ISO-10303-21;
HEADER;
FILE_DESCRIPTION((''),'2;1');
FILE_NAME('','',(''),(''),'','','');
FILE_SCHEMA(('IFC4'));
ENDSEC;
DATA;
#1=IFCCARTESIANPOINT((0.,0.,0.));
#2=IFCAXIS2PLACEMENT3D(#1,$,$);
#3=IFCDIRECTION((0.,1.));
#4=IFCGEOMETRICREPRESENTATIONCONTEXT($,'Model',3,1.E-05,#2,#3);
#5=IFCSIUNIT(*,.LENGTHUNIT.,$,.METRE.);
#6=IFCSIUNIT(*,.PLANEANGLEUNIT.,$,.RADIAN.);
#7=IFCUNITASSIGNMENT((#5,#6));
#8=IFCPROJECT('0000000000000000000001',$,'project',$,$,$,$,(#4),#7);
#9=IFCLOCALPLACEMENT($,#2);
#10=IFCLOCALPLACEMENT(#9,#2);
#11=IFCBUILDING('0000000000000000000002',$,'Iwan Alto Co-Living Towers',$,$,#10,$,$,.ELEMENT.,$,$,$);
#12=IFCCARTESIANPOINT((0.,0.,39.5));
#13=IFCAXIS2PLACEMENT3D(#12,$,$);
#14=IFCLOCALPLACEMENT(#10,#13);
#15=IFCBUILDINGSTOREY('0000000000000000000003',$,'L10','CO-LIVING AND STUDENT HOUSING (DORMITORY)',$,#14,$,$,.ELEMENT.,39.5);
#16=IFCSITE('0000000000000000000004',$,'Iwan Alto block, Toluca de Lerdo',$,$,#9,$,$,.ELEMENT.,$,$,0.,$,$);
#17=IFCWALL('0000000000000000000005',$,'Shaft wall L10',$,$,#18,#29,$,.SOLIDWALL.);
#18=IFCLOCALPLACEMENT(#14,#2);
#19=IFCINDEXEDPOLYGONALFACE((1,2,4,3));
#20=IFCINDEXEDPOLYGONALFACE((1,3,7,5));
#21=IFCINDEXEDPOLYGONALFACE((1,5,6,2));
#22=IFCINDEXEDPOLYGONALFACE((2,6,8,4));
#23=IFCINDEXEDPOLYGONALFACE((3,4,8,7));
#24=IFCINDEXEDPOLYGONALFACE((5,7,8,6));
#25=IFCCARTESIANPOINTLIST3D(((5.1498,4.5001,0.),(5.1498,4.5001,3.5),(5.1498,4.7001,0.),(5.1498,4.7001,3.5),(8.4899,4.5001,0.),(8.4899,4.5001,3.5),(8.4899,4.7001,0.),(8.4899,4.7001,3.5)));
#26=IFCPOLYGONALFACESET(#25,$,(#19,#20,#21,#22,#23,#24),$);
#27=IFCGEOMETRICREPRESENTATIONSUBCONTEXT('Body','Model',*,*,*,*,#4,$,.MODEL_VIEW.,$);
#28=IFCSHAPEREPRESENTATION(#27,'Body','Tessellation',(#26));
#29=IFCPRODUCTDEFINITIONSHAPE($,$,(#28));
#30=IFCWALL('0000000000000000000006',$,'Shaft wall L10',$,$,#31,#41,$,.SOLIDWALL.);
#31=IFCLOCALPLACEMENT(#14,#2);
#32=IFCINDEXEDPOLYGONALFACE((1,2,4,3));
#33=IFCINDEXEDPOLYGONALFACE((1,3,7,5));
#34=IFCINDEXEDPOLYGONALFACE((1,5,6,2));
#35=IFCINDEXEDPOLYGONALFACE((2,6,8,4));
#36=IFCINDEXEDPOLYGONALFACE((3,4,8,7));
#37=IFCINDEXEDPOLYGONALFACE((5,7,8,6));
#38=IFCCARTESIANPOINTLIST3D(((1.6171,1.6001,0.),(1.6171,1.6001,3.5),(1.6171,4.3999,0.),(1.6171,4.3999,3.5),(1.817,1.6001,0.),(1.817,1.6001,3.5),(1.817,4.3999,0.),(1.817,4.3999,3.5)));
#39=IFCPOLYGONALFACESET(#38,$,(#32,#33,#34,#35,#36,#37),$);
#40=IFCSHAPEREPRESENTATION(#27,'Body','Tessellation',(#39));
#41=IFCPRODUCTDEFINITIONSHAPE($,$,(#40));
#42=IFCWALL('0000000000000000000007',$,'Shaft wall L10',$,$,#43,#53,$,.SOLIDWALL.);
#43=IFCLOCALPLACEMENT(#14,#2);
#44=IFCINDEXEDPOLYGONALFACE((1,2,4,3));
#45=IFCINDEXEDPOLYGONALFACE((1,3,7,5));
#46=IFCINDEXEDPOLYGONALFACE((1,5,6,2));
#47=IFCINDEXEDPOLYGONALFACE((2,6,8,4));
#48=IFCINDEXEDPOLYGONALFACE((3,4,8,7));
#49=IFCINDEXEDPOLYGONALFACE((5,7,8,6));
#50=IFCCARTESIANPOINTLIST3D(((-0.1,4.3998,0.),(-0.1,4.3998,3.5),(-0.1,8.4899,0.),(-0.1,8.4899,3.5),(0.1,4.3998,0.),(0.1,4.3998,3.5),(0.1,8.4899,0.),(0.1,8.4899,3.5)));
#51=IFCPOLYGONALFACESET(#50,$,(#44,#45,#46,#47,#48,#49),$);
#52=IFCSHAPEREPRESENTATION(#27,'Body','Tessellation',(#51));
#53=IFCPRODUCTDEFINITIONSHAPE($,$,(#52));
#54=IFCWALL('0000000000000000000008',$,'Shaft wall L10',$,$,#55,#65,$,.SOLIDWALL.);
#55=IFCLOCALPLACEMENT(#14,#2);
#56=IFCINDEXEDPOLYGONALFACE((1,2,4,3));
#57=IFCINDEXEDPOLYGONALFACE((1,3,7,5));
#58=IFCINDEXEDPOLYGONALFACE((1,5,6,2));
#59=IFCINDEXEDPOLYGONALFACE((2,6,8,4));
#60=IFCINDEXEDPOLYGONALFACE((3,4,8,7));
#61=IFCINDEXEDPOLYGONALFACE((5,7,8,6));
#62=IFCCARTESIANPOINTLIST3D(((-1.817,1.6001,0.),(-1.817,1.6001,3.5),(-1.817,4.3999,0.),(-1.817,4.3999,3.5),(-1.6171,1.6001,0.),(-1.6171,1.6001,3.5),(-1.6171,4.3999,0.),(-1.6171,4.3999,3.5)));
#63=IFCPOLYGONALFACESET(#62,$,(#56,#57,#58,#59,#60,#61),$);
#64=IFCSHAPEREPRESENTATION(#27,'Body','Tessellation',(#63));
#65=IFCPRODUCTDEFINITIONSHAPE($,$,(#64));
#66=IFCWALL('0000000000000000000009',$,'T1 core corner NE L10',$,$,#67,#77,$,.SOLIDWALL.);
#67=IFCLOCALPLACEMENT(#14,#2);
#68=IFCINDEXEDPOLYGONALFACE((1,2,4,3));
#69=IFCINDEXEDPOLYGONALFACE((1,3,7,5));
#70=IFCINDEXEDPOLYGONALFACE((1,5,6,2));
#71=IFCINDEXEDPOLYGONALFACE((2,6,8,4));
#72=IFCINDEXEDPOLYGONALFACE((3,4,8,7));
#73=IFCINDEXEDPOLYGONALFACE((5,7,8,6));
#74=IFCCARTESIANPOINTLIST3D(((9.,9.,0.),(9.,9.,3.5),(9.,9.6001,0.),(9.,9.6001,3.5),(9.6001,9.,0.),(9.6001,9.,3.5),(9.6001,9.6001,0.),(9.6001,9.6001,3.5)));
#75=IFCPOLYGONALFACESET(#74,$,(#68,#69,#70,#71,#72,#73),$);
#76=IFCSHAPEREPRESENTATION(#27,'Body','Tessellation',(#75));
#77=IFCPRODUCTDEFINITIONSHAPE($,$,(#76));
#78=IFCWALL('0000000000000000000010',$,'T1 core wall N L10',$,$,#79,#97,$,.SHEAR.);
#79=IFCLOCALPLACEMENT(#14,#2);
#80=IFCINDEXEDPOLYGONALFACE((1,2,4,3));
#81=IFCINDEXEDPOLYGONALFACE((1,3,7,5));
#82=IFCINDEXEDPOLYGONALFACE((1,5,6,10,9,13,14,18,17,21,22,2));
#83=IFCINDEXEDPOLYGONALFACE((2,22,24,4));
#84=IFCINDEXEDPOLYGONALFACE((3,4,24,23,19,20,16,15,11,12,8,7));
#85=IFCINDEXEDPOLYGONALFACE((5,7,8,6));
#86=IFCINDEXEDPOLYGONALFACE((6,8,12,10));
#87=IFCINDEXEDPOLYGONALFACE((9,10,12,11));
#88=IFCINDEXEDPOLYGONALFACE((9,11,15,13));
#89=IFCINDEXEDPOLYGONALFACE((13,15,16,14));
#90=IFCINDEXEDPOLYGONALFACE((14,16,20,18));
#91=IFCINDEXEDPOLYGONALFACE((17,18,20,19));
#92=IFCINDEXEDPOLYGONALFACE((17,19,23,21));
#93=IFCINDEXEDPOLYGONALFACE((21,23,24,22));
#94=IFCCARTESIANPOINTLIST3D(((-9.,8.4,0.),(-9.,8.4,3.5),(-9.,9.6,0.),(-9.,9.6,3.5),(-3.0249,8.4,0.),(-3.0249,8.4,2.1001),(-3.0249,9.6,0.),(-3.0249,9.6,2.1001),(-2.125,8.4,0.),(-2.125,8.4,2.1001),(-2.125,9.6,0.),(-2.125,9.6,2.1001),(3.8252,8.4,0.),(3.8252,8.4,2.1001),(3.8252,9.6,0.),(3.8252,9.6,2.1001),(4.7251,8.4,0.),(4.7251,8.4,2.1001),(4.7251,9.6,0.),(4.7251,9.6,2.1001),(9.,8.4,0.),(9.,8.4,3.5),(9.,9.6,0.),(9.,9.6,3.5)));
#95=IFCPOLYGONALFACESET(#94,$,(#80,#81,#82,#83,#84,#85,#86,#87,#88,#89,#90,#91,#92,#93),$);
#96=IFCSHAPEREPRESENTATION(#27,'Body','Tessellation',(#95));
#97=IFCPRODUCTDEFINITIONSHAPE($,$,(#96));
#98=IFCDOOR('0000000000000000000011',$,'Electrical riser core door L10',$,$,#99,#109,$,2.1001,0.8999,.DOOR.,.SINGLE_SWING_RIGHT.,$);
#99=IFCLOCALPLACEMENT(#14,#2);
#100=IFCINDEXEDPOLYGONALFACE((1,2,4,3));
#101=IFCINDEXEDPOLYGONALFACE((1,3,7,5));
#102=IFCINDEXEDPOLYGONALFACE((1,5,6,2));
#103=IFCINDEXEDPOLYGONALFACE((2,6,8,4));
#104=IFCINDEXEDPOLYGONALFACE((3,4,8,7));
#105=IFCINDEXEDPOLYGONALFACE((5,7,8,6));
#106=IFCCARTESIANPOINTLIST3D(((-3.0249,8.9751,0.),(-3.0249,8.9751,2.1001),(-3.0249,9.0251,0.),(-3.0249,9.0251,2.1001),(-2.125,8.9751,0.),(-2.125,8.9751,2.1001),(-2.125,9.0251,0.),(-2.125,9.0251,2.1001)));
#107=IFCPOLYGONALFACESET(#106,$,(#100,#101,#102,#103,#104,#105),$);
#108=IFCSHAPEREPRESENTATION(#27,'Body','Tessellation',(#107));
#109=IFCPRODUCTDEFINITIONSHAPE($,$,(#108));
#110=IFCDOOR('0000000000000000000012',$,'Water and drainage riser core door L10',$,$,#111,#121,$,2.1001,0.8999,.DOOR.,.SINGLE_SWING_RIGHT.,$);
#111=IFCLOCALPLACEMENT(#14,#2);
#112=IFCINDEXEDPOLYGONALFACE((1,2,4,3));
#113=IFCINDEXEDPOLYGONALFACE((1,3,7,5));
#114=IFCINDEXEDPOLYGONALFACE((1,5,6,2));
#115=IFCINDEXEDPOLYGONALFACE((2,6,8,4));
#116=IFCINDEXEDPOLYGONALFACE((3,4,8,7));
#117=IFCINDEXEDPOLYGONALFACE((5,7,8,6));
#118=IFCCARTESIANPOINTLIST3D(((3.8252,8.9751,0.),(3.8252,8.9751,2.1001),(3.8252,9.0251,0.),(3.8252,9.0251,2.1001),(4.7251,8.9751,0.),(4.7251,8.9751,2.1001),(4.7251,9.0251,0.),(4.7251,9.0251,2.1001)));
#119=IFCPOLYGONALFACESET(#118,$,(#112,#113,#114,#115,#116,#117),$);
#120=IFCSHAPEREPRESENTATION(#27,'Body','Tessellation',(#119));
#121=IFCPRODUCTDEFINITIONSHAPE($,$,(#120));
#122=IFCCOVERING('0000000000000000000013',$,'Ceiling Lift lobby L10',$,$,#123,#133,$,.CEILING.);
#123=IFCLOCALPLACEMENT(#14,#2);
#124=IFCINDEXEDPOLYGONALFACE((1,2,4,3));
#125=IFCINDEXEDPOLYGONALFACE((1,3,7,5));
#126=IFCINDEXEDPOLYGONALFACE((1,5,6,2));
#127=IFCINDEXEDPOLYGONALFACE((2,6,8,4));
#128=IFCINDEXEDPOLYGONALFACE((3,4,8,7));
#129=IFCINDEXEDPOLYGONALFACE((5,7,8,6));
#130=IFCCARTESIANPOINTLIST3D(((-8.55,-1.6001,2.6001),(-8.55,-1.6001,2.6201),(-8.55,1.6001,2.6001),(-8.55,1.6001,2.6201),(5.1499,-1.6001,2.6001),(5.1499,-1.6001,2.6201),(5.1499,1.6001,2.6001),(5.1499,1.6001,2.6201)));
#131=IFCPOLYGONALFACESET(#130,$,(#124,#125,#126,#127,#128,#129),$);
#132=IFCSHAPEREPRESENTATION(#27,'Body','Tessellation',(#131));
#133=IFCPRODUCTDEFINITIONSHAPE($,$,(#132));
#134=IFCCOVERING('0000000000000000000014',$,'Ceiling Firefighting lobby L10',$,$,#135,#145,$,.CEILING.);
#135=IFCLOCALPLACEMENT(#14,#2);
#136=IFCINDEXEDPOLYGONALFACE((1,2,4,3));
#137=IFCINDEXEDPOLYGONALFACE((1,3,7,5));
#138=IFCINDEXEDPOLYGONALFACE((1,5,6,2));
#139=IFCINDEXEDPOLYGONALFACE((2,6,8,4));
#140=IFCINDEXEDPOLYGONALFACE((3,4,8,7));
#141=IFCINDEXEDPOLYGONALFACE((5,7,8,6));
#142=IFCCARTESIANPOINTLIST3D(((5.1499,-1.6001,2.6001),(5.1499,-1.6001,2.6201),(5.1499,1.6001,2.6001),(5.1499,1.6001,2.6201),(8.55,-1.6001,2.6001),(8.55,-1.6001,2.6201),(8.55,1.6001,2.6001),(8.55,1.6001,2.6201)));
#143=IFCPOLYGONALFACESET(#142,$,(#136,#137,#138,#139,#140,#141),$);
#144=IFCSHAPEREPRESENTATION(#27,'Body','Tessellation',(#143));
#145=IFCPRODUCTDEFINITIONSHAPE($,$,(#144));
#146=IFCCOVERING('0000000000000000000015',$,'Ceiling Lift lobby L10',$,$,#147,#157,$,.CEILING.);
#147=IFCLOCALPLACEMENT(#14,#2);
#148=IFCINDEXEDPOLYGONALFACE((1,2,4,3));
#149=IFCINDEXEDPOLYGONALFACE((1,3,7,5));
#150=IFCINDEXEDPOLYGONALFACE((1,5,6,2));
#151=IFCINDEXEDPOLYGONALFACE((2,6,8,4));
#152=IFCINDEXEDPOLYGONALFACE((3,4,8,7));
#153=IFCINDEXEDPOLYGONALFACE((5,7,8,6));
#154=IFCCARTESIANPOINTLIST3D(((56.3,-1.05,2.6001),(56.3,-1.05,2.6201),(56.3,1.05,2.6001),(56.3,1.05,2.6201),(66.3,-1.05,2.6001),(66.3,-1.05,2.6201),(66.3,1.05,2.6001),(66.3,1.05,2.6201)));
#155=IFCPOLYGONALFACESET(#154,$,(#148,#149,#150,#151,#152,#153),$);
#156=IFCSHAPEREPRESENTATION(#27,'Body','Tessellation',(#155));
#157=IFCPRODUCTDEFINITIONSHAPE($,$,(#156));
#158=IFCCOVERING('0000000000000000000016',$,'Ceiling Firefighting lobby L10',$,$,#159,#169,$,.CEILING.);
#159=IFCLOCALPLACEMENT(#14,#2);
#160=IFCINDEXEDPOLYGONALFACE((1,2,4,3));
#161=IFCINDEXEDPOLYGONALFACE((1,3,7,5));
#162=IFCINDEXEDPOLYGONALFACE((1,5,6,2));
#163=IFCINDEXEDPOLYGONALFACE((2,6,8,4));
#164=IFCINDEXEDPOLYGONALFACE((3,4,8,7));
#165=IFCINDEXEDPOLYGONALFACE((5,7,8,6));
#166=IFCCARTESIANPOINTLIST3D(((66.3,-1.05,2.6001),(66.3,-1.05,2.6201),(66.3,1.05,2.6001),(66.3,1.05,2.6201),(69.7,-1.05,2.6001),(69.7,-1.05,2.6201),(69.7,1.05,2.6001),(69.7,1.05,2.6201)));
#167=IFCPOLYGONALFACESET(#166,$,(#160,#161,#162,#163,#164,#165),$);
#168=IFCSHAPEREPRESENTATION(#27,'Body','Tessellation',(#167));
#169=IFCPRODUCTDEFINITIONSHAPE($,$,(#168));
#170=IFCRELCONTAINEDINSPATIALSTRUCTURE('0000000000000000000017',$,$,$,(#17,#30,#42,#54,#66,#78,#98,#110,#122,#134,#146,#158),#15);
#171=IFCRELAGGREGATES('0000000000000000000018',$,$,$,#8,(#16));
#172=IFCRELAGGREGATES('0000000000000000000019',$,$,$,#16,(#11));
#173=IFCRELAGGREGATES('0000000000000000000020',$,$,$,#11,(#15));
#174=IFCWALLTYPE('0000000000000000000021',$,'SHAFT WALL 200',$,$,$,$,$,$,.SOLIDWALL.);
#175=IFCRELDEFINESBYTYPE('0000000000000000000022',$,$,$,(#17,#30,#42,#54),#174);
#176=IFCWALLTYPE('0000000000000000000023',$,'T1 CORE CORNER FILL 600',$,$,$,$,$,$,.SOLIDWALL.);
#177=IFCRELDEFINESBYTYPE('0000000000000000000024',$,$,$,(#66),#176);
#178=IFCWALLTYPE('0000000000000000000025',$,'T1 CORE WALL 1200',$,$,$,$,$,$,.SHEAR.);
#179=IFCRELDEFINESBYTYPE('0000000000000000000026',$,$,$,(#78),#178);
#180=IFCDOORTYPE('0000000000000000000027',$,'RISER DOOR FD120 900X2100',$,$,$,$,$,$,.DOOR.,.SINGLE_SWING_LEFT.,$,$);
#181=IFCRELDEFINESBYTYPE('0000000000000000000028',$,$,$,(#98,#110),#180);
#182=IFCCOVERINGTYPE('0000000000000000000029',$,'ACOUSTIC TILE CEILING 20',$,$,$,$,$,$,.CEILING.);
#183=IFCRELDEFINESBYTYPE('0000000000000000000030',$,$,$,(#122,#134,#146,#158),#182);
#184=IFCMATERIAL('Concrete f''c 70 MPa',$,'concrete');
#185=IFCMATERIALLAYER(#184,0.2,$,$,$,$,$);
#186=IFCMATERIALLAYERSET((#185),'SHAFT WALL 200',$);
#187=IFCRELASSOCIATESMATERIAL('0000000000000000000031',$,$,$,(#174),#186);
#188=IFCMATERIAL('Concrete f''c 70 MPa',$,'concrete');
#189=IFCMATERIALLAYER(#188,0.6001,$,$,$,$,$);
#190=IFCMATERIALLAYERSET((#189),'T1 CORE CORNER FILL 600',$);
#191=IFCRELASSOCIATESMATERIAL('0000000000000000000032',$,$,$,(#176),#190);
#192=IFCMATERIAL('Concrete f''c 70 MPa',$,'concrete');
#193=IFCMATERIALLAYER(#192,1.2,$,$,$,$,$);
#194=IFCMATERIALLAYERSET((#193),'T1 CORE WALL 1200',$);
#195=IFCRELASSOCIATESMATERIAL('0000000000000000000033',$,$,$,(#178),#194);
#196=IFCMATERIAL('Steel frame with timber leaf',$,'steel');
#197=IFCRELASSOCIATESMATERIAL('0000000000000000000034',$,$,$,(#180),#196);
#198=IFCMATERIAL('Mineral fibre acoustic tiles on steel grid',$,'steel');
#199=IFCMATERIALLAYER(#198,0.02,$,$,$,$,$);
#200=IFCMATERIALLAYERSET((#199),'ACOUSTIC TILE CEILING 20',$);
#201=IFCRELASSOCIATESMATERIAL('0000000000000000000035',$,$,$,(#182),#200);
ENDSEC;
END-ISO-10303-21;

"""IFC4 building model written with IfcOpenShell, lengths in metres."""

from ifc_helpers import new_model, si_unit, direction, frame, frame_2d, origin, place, context, subcontext, project, spatial, polyline, rectangle, outline, extrude, material, layer, layer_set, type_object, element, fill, save


model = new_model("IFC4")

# Units and contexts
model_context = context("Model", 3, precision=1e-05, world=origin(), true_north=direction((0.0, 1.0)))
body_context = subcontext(model_context, "Body", "Model", "MODEL_VIEW")
ifc_project = project(units=[si_unit("LENGTHUNIT", "METRE"), si_unit("PLANEANGLEUNIT", "RADIAN")], contexts=[model_context])

# Site, building, storey
site_placement = place(None, origin())
site = spatial("IfcSite", under=ifc_project, at=site_placement, Name="Iwan Alto block, Toluca de Lerdo", CompositionType="ELEMENT", RefElevation=0.0)
building_placement = place(site_placement, origin())
building = spatial("IfcBuilding", under=site, at=building_placement, Name="Iwan Alto Co-Living Towers", CompositionType="ELEMENT")
storey_placement = place(building_placement, frame((0.0, 0.0, 39.5)))
storey = spatial("IfcBuildingStorey", under=building, at=storey_placement, Name="L10", Description="CO-LIVING AND STUDENT HOUSING (DORMITORY)", CompositionType="ELEMENT", Elevation=39.5)

# Walls
ifc_material_1 = material(Name="Concrete f'c 70 MPa", Category="concrete")
ifc_layer_1 = layer(ifc_material_1, 0.2)
ifc_layer_set_1 = layer_set([ifc_layer_1], Name="SHAFT WALL 200")
wall_type_1 = type_object("IfcWallType", Name="SHAFT WALL 200", PredefinedType="SOLIDWALL", material=ifc_layer_set_1)
wall_1_placement = place(storey_placement, frame((5.1499, 4.6001, 0.0), z_axis=(0.0, 0.0, 1.0), x_axis=(1.0, 0.0, 0.0)))
element("IfcWall", 1, at=wall_1_placement, inside=storey, type_object=wall_type_1, Name="Shaft wall L10", PredefinedType="SOLIDWALL", context=body_context, shape_type="SweptSolid", body=[
    extrude(rectangle(XDim=3.3401, YDim=0.2, at=frame_2d((1.6699, 0.0))), origin(), (0.0, 0.0, 1.0), 3.5),
])
wall_2_placement = place(storey_placement, frame((1.717, 1.6001, 0.0), z_axis=(0.0, 0.0, 1.0), x_axis=(0.0, 1.0, 0.0)))
element("IfcWall", 2, at=wall_2_placement, inside=storey, type_object=wall_type_1, Name="Shaft wall L10", PredefinedType="SOLIDWALL", context=body_context, shape_type="SweptSolid", body=[
    extrude(rectangle(XDim=2.7998, YDim=0.2, at=frame_2d((1.3999, 0.0))), origin(), (0.0, 0.0, 1.0), 3.5),
])
wall_3_placement = place(storey_placement, frame((0.0, 4.3999, 0.0), z_axis=(0.0, 0.0, 1.0), x_axis=(0.0, 1.0, 0.0)))
element("IfcWall", 3, at=wall_3_placement, inside=storey, type_object=wall_type_1, Name="Shaft wall L10", PredefinedType="SOLIDWALL", context=body_context, shape_type="SweptSolid", body=[
    extrude(rectangle(XDim=4.0901, YDim=0.2, at=frame_2d((2.0449, 0.0))), origin(), (0.0, 0.0, 1.0), 3.5),
])
wall_4_placement = place(storey_placement, frame((-1.717, 1.6001, 0.0), z_axis=(0.0, 0.0, 1.0), x_axis=(0.0, 1.0, 0.0)))
element("IfcWall", 4, at=wall_4_placement, inside=storey, type_object=wall_type_1, Name="Shaft wall L10", PredefinedType="SOLIDWALL", context=body_context, shape_type="SweptSolid", body=[
    extrude(rectangle(XDim=2.7998, YDim=0.2, at=frame_2d((1.3999, 0.0))), origin(), (0.0, 0.0, 1.0), 3.5),
])
ifc_material_2 = material(Name="Concrete f'c 70 MPa", Category="concrete")
ifc_layer_2 = layer(ifc_material_2, 0.6001)
ifc_layer_set_2 = layer_set([ifc_layer_2], Name="T1 CORE CORNER FILL 600")
wall_type_2 = type_object("IfcWallType", Name="T1 CORE CORNER FILL 600", PredefinedType="SOLIDWALL", material=ifc_layer_set_2)
wall_5_placement = place(storey_placement, frame((9.0, 9.3, 0.0), z_axis=(0.0, 0.0, 1.0), x_axis=(1.0, 0.0, 0.0)))
element("IfcWall", 5, at=wall_5_placement, inside=storey, type_object=wall_type_2, Name="T1 core corner NE L10", PredefinedType="SOLIDWALL", context=body_context, shape_type="SweptSolid", body=[
    extrude(rectangle(XDim=0.6001, YDim=0.6001, at=frame_2d((0.3, 0.0))), origin(), (0.0, 0.0, 1.0), 3.5),
])

# Wall, openings, doors
ifc_material_3 = material(Name="Concrete f'c 70 MPa", Category="concrete")
ifc_layer_3 = layer(ifc_material_3, 1.2)
ifc_layer_set_3 = layer_set([ifc_layer_3], Name="T1 CORE WALL 1200")
wall_type_3 = type_object("IfcWallType", Name="T1 CORE WALL 1200", PredefinedType="SHEAR", material=ifc_layer_set_3)
wall_6_placement = place(storey_placement, frame((9.0, 9.0, 0.0), z_axis=(0.0, 0.0, 1.0), x_axis=(-1.0, 0.0, 0.0)))
wall_6 = element("IfcWall", 6, at=wall_6_placement, inside=storey, type_object=wall_type_3, Name="T1 core wall N L10", PredefinedType="SHEAR", context=body_context, shape_type="SweptSolid", body=[
    extrude(rectangle(XDim=18.0, YDim=1.2, at=frame_2d((9.0, 0.0))), origin(), (0.0, 0.0, 1.0), 3.5),
])
opening_1_placement = place(wall_6_placement, frame((11.125, 0.0, 0.0)))
opening_1 = element("IfcOpeningElement", 7, at=opening_1_placement, cuts=wall_6, PredefinedType="OPENING", context=body_context, shape_type="SweptSolid", body=[
    extrude(rectangle(XDim=0.8999, YDim=2.1001, at=frame_2d((0.45, 1.05))), frame((0.0, 0.6099, 0.0), z_axis=(0.0, -1.0, 0.0), x_axis=(1.0, 0.0, 0.0)), (0.0, 0.0, 1.0), 1.22),
])
opening_2_placement = place(wall_6_placement, frame((4.2749, 0.0, 0.0)))
opening_2 = element("IfcOpeningElement", 8, at=opening_2_placement, cuts=wall_6, PredefinedType="OPENING", context=body_context, shape_type="SweptSolid", body=[
    extrude(rectangle(XDim=0.8999, YDim=2.1001, at=frame_2d((0.45, 1.05))), frame((0.0, 0.6099, 0.0), z_axis=(0.0, -1.0, 0.0), x_axis=(1.0, 0.0, 0.0)), (0.0, 0.0, 1.0), 1.22),
])
ifc_material_4 = material(Name="Steel frame with timber leaf", Category="steel")
door_type = type_object("IfcDoorType", Name="RISER DOOR FD120 900X2100", OperationType="SINGLE_SWING_LEFT", PredefinedType="DOOR", material=ifc_material_4)
door_1_placement = place(opening_1_placement, origin())
door_1 = element("IfcDoor", 9, at=door_1_placement, inside=storey, type_object=door_type, Name="Electrical riser core door L10", OperationType="SINGLE_SWING_RIGHT", OverallHeight=2.1001, OverallWidth=0.8999, PredefinedType="DOOR", context=body_context, shape_type="SweptSolid", body=[
    extrude(rectangle(XDim=0.8999, YDim=2.1001, at=frame_2d((0.45, 1.05))), frame((0.0, 0.0249, 0.0), z_axis=(0.0, -1.0, 0.0), x_axis=(1.0, 0.0, 0.0)), (0.0, 0.0, 1.0), 0.05),
])
fill(opening_1, door_1)
door_2_placement = place(opening_2_placement, origin())
door_2 = element("IfcDoor", 10, at=door_2_placement, inside=storey, type_object=door_type, Name="Water and drainage riser core door L10", OperationType="SINGLE_SWING_RIGHT", OverallHeight=2.1001, OverallWidth=0.8999, PredefinedType="DOOR", context=body_context, shape_type="SweptSolid", body=[
    extrude(rectangle(XDim=0.8999, YDim=2.1001, at=frame_2d((0.45, 1.05))), frame((0.0, 0.0249, 0.0), z_axis=(0.0, -1.0, 0.0), x_axis=(1.0, 0.0, 0.0)), (0.0, 0.0, 1.0), 0.05),
])
fill(opening_2, door_2)

# Coverings
ifc_material_5 = material(Name="Mineral fibre acoustic tiles on steel grid", Category="steel")
ifc_layer_4 = layer(ifc_material_5, 0.02)
ifc_layer_set_4 = layer_set([ifc_layer_4], Name="ACOUSTIC TILE CEILING 20")
covering_type_1 = type_object("IfcCoveringType", Name="ACOUSTIC TILE CEILING 20", PredefinedType="CEILING", material=ifc_layer_set_4)
covering_1_placement = place(storey_placement, frame((0.0, 0.0, 2.6001)))
element("IfcCovering", 11, at=covering_1_placement, inside=storey, type_object=covering_type_1, Name="Ceiling Lift lobby L10", PredefinedType="CEILING", context=body_context, shape_type="SweptSolid", body=[
    extrude(outline(polyline([(-8.55, -1.6001), (-8.55, 1.6001), (5.1499, 1.6001), (5.1499, -1.6001), (-8.55, -1.6001)])), origin(), (0.0, 0.0, 1.0), 0.02),
])
covering_2_placement = place(storey_placement, frame((0.0, 0.0, 2.6001)))
element("IfcCovering", 12, at=covering_2_placement, inside=storey, type_object=covering_type_1, Name="Ceiling Firefighting lobby L10", PredefinedType="CEILING", context=body_context, shape_type="SweptSolid", body=[
    extrude(outline(polyline([(5.1499, -1.6001), (5.1499, 1.6001), (8.55, 1.6001), (8.55, -1.6001), (5.1499, -1.6001)])), origin(), (0.0, 0.0, 1.0), 0.02),
])
covering_3_placement = place(storey_placement, frame((0.0, 0.0, 2.6001)))
element("IfcCovering", 13, at=covering_3_placement, inside=storey, type_object=covering_type_1, Name="Ceiling Lift lobby L10", PredefinedType="CEILING", context=body_context, shape_type="SweptSolid", body=[
    extrude(outline(polyline([(56.3, -1.05), (56.3, 1.05), (66.3, 1.05), (66.3, -1.05), (56.3, -1.05)])), origin(), (0.0, 0.0, 1.0), 0.02),
])
covering_4_placement = place(storey_placement, frame((0.0, 0.0, 2.6001)))
element("IfcCovering", 14, at=covering_4_placement, inside=storey, type_object=covering_type_1, Name="Ceiling Firefighting lobby L10", PredefinedType="CEILING", context=body_context, shape_type="SweptSolid", body=[
    extrude(outline(polyline([(66.3, -1.05), (66.3, 1.05), (69.7, 1.05), (69.7, -1.05), (66.3, -1.05)])), origin(), (0.0, 0.0, 1.0), 0.02),
])

save(model, "model.ifc")
